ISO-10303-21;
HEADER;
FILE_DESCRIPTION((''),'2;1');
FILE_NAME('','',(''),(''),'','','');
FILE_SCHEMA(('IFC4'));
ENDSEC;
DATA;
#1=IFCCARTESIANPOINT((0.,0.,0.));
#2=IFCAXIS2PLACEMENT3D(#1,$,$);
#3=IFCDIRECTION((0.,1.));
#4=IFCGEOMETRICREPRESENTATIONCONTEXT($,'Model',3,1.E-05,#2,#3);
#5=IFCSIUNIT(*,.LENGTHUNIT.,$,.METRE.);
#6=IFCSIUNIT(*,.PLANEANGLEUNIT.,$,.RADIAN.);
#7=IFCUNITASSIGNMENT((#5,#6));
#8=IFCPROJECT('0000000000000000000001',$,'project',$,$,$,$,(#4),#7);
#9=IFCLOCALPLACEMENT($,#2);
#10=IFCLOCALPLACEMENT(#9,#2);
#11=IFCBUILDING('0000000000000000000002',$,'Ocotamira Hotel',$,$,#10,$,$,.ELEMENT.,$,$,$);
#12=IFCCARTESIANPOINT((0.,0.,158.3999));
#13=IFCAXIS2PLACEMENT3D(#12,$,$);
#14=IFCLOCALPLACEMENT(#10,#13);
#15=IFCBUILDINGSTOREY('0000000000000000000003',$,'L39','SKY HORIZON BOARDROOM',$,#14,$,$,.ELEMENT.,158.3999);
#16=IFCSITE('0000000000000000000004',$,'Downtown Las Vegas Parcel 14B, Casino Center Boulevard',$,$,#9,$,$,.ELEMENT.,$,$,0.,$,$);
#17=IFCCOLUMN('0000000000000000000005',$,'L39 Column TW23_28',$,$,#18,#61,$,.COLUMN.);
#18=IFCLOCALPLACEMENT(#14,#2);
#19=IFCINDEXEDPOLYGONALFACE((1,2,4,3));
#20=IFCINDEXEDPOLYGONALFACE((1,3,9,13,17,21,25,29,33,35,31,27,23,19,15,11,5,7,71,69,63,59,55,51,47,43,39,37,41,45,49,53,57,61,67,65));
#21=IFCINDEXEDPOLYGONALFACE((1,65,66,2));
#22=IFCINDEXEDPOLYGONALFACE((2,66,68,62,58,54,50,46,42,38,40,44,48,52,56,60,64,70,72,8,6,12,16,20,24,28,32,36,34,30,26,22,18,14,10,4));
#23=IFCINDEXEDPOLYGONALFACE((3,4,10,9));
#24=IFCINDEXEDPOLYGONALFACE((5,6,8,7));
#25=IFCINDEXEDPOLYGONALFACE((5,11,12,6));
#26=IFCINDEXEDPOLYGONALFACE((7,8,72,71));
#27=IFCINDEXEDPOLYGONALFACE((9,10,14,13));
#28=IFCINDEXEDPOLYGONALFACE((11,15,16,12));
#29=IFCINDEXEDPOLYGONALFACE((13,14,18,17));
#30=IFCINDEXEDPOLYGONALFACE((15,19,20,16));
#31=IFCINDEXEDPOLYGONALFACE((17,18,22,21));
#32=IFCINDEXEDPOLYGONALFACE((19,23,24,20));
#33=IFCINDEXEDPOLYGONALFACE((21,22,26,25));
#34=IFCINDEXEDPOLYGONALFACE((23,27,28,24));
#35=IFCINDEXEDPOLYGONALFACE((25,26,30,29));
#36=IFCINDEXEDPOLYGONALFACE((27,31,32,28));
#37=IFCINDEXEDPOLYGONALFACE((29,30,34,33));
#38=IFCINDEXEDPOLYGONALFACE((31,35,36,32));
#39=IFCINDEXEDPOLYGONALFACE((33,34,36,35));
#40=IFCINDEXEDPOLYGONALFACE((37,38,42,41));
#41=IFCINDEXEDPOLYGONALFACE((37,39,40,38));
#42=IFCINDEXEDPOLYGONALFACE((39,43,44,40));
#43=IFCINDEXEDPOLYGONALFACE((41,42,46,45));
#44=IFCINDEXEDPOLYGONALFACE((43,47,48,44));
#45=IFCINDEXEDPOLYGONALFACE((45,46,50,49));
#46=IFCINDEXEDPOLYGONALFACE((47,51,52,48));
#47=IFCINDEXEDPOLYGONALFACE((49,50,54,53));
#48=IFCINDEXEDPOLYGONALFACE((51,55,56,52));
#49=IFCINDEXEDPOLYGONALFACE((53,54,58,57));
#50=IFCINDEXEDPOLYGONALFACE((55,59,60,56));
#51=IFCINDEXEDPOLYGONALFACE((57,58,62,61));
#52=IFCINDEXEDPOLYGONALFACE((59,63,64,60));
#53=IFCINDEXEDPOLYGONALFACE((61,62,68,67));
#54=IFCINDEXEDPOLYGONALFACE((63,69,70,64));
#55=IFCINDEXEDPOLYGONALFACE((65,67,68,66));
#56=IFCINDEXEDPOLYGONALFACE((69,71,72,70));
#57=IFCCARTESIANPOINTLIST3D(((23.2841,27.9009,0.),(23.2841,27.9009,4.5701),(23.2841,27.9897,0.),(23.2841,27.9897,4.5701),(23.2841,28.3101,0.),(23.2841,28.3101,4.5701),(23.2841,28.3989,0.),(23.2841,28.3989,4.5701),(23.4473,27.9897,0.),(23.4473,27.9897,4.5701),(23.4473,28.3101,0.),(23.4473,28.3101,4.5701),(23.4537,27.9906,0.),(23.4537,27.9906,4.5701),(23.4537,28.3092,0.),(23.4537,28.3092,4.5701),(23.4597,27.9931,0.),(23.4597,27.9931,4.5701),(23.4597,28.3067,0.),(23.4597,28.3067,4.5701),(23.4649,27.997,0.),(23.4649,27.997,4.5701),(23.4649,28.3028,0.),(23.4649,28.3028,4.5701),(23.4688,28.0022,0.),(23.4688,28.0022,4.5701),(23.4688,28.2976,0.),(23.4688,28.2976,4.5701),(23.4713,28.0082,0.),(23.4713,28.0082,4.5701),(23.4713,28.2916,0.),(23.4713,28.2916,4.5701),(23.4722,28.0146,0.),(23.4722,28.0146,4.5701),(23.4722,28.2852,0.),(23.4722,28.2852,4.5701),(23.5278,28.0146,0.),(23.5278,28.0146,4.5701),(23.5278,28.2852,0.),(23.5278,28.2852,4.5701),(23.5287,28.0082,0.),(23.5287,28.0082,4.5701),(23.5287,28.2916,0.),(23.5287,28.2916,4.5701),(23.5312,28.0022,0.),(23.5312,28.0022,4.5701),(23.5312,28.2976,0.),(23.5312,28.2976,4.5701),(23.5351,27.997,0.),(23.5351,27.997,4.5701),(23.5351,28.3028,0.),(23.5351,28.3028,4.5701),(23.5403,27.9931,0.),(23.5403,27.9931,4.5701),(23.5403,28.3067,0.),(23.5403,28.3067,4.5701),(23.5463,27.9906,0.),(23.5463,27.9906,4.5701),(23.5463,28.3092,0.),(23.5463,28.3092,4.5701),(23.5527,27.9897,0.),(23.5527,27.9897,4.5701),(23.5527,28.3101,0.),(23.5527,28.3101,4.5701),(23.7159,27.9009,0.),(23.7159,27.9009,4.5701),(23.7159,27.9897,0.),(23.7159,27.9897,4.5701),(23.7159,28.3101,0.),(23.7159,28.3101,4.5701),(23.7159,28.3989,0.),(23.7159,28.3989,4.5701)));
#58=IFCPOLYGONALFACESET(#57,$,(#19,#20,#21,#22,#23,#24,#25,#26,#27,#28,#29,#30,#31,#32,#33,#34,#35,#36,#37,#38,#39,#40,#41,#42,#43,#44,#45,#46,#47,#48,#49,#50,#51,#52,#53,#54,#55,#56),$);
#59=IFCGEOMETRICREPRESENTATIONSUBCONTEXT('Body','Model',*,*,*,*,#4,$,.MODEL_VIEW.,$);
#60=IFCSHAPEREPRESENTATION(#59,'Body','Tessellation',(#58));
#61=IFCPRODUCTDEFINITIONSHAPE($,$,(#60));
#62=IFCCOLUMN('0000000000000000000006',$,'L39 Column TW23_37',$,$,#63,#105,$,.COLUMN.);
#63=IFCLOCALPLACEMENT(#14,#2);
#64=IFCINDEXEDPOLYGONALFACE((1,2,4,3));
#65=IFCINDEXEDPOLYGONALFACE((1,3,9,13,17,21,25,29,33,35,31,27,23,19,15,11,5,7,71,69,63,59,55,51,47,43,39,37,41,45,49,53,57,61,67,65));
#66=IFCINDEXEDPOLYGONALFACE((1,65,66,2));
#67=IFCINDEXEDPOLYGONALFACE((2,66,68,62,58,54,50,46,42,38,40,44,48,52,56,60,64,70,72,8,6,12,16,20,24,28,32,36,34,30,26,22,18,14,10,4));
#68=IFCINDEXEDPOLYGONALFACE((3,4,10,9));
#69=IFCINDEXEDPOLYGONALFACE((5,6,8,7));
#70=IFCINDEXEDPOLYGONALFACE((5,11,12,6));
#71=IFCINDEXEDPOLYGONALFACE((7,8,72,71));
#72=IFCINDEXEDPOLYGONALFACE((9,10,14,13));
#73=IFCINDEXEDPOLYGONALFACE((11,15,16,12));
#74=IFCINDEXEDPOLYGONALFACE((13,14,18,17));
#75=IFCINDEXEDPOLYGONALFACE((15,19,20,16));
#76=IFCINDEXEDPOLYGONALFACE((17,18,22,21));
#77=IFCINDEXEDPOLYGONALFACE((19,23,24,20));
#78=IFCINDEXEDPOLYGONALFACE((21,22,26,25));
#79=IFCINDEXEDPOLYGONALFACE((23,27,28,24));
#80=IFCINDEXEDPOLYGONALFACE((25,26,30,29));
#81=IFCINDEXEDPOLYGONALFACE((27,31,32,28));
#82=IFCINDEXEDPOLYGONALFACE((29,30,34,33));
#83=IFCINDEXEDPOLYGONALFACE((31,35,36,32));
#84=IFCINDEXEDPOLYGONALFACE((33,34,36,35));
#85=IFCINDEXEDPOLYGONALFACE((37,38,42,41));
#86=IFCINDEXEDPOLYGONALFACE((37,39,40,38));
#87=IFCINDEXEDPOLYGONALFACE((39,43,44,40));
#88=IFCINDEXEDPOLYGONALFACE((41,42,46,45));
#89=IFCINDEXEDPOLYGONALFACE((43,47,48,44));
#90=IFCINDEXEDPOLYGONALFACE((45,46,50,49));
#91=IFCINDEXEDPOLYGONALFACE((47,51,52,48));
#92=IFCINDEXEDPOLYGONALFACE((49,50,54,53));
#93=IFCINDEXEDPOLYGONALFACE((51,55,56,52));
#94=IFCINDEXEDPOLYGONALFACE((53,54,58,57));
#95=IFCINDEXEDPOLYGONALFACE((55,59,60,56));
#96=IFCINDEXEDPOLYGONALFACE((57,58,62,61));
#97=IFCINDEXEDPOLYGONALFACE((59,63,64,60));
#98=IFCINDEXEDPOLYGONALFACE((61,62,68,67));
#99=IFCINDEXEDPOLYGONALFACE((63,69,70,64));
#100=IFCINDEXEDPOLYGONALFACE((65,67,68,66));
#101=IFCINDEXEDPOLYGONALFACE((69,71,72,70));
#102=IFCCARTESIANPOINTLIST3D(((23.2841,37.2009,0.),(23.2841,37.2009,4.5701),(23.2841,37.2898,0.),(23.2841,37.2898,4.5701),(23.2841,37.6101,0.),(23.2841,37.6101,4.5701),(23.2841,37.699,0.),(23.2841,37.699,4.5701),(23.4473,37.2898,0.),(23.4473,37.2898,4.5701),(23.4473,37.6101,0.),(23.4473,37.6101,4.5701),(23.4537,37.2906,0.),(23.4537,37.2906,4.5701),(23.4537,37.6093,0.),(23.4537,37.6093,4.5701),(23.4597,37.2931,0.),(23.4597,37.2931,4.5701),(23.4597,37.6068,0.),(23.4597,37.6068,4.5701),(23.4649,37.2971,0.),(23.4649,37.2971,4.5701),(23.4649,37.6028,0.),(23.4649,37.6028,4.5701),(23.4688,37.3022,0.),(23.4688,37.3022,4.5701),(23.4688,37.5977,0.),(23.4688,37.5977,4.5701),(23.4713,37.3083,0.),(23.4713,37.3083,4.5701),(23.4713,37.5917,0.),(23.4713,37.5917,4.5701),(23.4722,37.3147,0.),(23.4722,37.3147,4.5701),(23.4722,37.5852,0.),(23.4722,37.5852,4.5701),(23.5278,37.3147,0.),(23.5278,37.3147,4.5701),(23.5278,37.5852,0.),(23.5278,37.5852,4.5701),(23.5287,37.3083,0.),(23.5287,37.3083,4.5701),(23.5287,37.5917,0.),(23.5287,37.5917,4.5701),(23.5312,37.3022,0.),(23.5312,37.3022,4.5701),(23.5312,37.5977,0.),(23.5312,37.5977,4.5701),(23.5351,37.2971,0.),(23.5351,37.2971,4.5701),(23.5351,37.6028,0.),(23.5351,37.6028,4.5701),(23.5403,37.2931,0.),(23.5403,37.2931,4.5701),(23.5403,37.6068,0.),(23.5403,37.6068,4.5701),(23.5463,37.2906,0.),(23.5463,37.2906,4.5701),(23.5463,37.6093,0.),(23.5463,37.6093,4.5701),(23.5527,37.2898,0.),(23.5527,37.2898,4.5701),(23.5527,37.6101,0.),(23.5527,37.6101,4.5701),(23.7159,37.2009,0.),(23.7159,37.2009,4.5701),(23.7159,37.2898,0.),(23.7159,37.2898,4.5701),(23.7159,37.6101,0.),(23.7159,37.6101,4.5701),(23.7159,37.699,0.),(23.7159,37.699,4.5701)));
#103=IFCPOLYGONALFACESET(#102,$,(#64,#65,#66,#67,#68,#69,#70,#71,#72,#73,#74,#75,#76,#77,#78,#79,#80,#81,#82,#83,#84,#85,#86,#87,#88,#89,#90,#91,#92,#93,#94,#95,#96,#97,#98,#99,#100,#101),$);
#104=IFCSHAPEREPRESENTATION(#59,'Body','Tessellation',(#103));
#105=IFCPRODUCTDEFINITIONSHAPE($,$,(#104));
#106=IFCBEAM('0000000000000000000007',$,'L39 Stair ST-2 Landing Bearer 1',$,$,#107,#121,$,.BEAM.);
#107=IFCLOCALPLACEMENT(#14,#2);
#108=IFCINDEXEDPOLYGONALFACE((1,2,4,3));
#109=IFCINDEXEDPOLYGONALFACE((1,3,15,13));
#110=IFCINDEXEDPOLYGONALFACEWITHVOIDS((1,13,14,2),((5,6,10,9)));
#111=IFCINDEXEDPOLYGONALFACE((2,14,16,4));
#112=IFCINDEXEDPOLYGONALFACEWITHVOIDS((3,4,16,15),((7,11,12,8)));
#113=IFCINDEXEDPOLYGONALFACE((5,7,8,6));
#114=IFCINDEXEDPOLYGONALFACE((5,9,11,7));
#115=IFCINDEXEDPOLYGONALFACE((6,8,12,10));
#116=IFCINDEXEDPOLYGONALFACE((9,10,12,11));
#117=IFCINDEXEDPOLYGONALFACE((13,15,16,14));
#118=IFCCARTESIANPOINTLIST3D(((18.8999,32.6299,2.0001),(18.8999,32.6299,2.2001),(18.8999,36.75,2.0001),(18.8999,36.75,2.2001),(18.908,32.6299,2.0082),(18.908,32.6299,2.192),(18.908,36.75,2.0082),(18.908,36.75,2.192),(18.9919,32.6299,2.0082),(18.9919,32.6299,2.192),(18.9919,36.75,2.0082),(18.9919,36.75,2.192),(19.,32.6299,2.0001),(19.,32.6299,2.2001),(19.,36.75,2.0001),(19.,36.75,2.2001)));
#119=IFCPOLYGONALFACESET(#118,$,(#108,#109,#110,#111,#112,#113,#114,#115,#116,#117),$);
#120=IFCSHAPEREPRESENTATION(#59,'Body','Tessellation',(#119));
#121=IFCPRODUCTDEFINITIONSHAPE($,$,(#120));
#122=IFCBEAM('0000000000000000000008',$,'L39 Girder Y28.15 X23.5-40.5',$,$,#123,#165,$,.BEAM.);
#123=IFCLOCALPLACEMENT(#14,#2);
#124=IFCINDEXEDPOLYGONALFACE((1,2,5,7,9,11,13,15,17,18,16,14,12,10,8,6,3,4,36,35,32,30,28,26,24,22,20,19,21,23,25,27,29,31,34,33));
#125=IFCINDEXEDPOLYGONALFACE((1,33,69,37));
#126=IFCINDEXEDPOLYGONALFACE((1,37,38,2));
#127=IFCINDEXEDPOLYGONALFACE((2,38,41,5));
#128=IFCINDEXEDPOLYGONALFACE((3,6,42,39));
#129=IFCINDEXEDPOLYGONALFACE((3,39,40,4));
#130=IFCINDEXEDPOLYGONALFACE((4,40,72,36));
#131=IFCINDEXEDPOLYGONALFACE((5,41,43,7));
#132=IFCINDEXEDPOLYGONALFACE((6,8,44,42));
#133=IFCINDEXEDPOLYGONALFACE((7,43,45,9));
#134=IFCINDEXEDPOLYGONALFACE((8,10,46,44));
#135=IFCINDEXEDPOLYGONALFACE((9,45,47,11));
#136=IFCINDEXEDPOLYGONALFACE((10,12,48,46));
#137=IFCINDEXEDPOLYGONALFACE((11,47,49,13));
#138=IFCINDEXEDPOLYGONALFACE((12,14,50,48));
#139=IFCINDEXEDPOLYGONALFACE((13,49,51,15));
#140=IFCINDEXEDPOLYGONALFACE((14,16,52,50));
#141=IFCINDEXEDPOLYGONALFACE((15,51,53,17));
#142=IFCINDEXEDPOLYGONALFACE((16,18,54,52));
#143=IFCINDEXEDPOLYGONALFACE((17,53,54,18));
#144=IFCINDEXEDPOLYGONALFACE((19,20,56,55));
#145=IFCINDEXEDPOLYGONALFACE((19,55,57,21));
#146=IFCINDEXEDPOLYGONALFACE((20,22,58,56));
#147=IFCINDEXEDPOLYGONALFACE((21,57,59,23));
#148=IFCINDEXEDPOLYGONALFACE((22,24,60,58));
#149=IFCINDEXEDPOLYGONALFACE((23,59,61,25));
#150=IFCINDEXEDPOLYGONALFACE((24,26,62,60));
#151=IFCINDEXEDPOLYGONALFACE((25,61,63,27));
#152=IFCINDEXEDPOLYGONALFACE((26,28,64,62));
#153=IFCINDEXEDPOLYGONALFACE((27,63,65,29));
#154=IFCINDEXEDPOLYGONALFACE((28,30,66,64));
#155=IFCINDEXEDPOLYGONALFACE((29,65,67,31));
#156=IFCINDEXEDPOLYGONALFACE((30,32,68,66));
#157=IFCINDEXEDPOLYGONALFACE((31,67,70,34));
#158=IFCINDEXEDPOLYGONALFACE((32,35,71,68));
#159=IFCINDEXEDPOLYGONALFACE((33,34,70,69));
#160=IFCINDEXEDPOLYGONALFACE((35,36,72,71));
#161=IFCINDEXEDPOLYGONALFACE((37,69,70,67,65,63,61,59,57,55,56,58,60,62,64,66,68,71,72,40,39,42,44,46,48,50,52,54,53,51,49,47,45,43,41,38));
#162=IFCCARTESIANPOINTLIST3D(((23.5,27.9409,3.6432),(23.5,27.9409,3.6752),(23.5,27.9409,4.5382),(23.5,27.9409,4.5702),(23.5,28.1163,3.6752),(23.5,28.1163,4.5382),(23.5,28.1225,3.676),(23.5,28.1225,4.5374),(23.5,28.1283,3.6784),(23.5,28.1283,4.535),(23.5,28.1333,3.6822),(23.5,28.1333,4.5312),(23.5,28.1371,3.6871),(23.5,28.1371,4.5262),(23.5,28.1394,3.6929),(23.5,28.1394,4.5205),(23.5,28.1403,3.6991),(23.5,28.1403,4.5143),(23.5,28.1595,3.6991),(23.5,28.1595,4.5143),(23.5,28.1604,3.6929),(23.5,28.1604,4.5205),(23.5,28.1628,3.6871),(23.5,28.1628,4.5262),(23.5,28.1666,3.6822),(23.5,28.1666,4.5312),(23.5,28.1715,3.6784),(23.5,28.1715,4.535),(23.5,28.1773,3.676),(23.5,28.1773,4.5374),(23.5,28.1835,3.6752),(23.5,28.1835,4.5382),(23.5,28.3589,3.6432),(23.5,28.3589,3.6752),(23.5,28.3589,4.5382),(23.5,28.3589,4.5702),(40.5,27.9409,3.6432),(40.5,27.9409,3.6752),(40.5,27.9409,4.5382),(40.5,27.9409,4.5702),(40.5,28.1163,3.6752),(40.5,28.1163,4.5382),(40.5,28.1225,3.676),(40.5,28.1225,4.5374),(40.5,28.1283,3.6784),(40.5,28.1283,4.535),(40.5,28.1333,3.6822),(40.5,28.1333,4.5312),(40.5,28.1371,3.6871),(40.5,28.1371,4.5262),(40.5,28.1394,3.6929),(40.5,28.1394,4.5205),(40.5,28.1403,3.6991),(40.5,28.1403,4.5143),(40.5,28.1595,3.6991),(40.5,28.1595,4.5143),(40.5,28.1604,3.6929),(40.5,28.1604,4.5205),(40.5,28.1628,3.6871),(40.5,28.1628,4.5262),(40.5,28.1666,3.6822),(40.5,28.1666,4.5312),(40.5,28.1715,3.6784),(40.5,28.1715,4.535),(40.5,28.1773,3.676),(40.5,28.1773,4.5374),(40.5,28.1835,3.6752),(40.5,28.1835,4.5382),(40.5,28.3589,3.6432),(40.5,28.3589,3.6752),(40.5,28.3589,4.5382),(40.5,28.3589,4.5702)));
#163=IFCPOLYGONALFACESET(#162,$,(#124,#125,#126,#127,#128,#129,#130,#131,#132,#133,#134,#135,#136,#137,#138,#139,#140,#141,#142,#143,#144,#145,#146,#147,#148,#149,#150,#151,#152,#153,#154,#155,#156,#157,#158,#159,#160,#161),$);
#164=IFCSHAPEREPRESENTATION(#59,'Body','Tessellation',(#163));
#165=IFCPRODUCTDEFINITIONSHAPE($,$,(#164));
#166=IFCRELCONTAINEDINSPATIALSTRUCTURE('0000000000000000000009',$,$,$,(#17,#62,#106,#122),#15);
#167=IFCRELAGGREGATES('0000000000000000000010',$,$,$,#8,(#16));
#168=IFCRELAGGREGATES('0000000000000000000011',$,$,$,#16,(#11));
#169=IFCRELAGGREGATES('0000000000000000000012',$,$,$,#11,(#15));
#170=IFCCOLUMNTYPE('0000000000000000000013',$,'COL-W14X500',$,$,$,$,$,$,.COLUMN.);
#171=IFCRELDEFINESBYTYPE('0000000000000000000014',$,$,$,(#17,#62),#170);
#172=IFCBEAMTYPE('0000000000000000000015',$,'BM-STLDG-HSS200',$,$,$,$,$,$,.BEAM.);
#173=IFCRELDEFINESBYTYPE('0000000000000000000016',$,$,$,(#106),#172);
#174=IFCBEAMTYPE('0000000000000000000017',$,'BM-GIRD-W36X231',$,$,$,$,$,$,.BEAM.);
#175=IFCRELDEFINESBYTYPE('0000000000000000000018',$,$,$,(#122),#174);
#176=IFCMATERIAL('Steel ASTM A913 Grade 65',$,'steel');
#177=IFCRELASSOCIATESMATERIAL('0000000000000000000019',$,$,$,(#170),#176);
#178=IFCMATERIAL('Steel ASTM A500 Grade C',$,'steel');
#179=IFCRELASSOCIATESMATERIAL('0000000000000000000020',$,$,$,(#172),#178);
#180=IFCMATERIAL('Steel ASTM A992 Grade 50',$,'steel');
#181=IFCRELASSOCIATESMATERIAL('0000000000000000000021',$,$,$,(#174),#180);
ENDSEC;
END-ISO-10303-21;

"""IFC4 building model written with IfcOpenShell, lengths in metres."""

from ifc_helpers import new_model, si_unit, direction, frame, origin, origin_2d, place, context, subcontext, project, spatial, hollow_rectangle, i_section, extrude, source, transform, mapped, material, material_profile, profile_set, type_object, element, save


model = new_model("IFC4")

# Units and contexts
model_context = context("Model", 3, precision=1e-05, world=origin(), true_north=direction((0.0, 1.0)))
body_context = subcontext(model_context, "Body", "Model", "MODEL_VIEW")
ifc_project = project(units=[si_unit("LENGTHUNIT", "METRE"), si_unit("PLANEANGLEUNIT", "RADIAN")], contexts=[model_context])

# Site, building, storey
site_placement = place(None, origin())
site = spatial("IfcSite", under=ifc_project, at=site_placement, Name="Downtown Las Vegas Parcel 14B, Casino Center Boulevard", CompositionType="ELEMENT", RefElevation=0.0)
building_placement = place(site_placement, origin())
building = spatial("IfcBuilding", under=site, at=building_placement, Name="Ocotamira Hotel", CompositionType="ELEMENT")
storey_placement = place(building_placement, frame((0.0, 0.0, 158.3999)))
storey = spatial("IfcBuildingStorey", under=building, at=storey_placement, Name="L39", Description="SKY HORIZON BOARDROOM", CompositionType="ELEMENT", Elevation=158.3999)

# Columns
ifc_material_1 = material(Name="Steel ASTM A913 Grade 65", Category="steel")
ifc_material_profile_1 = material_profile(ifc_material_1, i_section(OverallWidth=0.4319, OverallDepth=0.498, WebThickness=0.0557, FlangeThickness=0.0889, FilletRadius=0.0249, at=origin_2d()), Name="W14X500")
ifc_profile_set_1 = profile_set([ifc_material_profile_1], Name="Steel ASTM A913 Grade 65")
column_type = type_object("IfcColumnType", Name="COL-W14X500", PredefinedType="COLUMN", material=ifc_profile_set_1)
shared_shape_1 = source(origin(), body_context, "Body", "SweptSolid", [
    extrude(i_section(OverallWidth=0.4319, OverallDepth=0.498, WebThickness=0.0557, FlangeThickness=0.0889, FilletRadius=0.0249, at=origin_2d()), origin(), (0.0, 0.0, 1.0), 4.5701),
])
for number, where, z_axis, x_axis, name in (
    (1, (23.5, 28.1499, 0.0), (0.0, 0.0, 1.0), (1.0, 0.0, 0.0), "L39 Column TW23_28"),
    (2, (23.5, 37.45, 0.0), (0.0, 0.0, 1.0), (1.0, 0.0, 0.0), "L39 Column TW23_37"),
):
    element("IfcColumn", number, at=place(storey_placement, frame(where, z_axis=z_axis, x_axis=x_axis)), inside=storey, type_object=column_type, Name=name, PredefinedType="COLUMN", context=body_context, shape_type="MappedRepresentation", body=[
        mapped(shared_shape_1, transform((0.0, 0.0, 0.0), scale=1.0)),
    ])

# Beams
ifc_material_2 = material(Name="Steel ASTM A500 Grade C", Category="steel")
ifc_material_profile_2 = material_profile(ifc_material_2, hollow_rectangle(XDim=0.1001, YDim=0.2, WallThickness=0.0081, at=origin_2d()), Name="HSS200X100X8")
ifc_profile_set_2 = profile_set([ifc_material_profile_2], Name="Steel ASTM A500 Grade C")
beam_type_1 = type_object("IfcBeamType", Name="BM-STLDG-HSS200", PredefinedType="BEAM", material=ifc_profile_set_2)
shared_shape_2 = source(origin(), body_context, "Body", "SweptSolid", [
    extrude(hollow_rectangle(XDim=0.1001, YDim=0.2, WallThickness=0.0081, at=origin_2d()), origin(), (0.0, 0.0, 1.0), 4.1201),
])
beam_1_placement = place(storey_placement, frame((18.95, 32.6299, 2.1001), z_axis=(0.0, 1.0, 0.0), x_axis=(-1.0, 0.0, 0.0)))
element("IfcBeam", 3, at=beam_1_placement, inside=storey, type_object=beam_type_1, Name="L39 Stair ST-2 Landing Bearer 1", PredefinedType="BEAM", context=body_context, shape_type="MappedRepresentation", body=[
    mapped(shared_shape_2, transform((0.0, 0.0, 0.0), scale=1.0)),
])
ifc_material_3 = material(Name="Steel ASTM A992 Grade 50", Category="steel")
ifc_material_profile_3 = material_profile(ifc_material_3, i_section(OverallWidth=0.418, OverallDepth=0.927, WebThickness=0.0193, FlangeThickness=0.032, FilletRadius=0.0239, at=origin_2d()), Name="W36X231")
ifc_profile_set_3 = profile_set([ifc_material_profile_3], Name="Steel ASTM A992 Grade 50")
beam_type_2 = type_object("IfcBeamType", Name="BM-GIRD-W36X231", PredefinedType="BEAM", material=ifc_profile_set_3)
shared_shape_3 = source(origin(), body_context, "Body", "SweptSolid", [
    extrude(i_section(OverallWidth=0.418, OverallDepth=0.927, WebThickness=0.0193, FlangeThickness=0.032, FilletRadius=0.0239, at=origin_2d()), origin(), (0.0, 0.0, 1.0), 17.0),
])
for number, where, z_axis, x_axis, name in (
    (4, (23.5, 28.1499, 4.1067), (1.0, 0.0, 0.0), (0.0, 1.0, 0.0), "L39 Girder Y28.15 X23.5-40.5"),
):
    element("IfcBeam", number, at=place(storey_placement, frame(where, z_axis=z_axis, x_axis=x_axis)), inside=storey, type_object=beam_type_2, Name=name, PredefinedType="BEAM", context=body_context, shape_type="MappedRepresentation", body=[
        mapped(shared_shape_3, transform((0.0, 0.0, 0.0), scale=1.0)),
    ])

save(model, "model.ifc")
